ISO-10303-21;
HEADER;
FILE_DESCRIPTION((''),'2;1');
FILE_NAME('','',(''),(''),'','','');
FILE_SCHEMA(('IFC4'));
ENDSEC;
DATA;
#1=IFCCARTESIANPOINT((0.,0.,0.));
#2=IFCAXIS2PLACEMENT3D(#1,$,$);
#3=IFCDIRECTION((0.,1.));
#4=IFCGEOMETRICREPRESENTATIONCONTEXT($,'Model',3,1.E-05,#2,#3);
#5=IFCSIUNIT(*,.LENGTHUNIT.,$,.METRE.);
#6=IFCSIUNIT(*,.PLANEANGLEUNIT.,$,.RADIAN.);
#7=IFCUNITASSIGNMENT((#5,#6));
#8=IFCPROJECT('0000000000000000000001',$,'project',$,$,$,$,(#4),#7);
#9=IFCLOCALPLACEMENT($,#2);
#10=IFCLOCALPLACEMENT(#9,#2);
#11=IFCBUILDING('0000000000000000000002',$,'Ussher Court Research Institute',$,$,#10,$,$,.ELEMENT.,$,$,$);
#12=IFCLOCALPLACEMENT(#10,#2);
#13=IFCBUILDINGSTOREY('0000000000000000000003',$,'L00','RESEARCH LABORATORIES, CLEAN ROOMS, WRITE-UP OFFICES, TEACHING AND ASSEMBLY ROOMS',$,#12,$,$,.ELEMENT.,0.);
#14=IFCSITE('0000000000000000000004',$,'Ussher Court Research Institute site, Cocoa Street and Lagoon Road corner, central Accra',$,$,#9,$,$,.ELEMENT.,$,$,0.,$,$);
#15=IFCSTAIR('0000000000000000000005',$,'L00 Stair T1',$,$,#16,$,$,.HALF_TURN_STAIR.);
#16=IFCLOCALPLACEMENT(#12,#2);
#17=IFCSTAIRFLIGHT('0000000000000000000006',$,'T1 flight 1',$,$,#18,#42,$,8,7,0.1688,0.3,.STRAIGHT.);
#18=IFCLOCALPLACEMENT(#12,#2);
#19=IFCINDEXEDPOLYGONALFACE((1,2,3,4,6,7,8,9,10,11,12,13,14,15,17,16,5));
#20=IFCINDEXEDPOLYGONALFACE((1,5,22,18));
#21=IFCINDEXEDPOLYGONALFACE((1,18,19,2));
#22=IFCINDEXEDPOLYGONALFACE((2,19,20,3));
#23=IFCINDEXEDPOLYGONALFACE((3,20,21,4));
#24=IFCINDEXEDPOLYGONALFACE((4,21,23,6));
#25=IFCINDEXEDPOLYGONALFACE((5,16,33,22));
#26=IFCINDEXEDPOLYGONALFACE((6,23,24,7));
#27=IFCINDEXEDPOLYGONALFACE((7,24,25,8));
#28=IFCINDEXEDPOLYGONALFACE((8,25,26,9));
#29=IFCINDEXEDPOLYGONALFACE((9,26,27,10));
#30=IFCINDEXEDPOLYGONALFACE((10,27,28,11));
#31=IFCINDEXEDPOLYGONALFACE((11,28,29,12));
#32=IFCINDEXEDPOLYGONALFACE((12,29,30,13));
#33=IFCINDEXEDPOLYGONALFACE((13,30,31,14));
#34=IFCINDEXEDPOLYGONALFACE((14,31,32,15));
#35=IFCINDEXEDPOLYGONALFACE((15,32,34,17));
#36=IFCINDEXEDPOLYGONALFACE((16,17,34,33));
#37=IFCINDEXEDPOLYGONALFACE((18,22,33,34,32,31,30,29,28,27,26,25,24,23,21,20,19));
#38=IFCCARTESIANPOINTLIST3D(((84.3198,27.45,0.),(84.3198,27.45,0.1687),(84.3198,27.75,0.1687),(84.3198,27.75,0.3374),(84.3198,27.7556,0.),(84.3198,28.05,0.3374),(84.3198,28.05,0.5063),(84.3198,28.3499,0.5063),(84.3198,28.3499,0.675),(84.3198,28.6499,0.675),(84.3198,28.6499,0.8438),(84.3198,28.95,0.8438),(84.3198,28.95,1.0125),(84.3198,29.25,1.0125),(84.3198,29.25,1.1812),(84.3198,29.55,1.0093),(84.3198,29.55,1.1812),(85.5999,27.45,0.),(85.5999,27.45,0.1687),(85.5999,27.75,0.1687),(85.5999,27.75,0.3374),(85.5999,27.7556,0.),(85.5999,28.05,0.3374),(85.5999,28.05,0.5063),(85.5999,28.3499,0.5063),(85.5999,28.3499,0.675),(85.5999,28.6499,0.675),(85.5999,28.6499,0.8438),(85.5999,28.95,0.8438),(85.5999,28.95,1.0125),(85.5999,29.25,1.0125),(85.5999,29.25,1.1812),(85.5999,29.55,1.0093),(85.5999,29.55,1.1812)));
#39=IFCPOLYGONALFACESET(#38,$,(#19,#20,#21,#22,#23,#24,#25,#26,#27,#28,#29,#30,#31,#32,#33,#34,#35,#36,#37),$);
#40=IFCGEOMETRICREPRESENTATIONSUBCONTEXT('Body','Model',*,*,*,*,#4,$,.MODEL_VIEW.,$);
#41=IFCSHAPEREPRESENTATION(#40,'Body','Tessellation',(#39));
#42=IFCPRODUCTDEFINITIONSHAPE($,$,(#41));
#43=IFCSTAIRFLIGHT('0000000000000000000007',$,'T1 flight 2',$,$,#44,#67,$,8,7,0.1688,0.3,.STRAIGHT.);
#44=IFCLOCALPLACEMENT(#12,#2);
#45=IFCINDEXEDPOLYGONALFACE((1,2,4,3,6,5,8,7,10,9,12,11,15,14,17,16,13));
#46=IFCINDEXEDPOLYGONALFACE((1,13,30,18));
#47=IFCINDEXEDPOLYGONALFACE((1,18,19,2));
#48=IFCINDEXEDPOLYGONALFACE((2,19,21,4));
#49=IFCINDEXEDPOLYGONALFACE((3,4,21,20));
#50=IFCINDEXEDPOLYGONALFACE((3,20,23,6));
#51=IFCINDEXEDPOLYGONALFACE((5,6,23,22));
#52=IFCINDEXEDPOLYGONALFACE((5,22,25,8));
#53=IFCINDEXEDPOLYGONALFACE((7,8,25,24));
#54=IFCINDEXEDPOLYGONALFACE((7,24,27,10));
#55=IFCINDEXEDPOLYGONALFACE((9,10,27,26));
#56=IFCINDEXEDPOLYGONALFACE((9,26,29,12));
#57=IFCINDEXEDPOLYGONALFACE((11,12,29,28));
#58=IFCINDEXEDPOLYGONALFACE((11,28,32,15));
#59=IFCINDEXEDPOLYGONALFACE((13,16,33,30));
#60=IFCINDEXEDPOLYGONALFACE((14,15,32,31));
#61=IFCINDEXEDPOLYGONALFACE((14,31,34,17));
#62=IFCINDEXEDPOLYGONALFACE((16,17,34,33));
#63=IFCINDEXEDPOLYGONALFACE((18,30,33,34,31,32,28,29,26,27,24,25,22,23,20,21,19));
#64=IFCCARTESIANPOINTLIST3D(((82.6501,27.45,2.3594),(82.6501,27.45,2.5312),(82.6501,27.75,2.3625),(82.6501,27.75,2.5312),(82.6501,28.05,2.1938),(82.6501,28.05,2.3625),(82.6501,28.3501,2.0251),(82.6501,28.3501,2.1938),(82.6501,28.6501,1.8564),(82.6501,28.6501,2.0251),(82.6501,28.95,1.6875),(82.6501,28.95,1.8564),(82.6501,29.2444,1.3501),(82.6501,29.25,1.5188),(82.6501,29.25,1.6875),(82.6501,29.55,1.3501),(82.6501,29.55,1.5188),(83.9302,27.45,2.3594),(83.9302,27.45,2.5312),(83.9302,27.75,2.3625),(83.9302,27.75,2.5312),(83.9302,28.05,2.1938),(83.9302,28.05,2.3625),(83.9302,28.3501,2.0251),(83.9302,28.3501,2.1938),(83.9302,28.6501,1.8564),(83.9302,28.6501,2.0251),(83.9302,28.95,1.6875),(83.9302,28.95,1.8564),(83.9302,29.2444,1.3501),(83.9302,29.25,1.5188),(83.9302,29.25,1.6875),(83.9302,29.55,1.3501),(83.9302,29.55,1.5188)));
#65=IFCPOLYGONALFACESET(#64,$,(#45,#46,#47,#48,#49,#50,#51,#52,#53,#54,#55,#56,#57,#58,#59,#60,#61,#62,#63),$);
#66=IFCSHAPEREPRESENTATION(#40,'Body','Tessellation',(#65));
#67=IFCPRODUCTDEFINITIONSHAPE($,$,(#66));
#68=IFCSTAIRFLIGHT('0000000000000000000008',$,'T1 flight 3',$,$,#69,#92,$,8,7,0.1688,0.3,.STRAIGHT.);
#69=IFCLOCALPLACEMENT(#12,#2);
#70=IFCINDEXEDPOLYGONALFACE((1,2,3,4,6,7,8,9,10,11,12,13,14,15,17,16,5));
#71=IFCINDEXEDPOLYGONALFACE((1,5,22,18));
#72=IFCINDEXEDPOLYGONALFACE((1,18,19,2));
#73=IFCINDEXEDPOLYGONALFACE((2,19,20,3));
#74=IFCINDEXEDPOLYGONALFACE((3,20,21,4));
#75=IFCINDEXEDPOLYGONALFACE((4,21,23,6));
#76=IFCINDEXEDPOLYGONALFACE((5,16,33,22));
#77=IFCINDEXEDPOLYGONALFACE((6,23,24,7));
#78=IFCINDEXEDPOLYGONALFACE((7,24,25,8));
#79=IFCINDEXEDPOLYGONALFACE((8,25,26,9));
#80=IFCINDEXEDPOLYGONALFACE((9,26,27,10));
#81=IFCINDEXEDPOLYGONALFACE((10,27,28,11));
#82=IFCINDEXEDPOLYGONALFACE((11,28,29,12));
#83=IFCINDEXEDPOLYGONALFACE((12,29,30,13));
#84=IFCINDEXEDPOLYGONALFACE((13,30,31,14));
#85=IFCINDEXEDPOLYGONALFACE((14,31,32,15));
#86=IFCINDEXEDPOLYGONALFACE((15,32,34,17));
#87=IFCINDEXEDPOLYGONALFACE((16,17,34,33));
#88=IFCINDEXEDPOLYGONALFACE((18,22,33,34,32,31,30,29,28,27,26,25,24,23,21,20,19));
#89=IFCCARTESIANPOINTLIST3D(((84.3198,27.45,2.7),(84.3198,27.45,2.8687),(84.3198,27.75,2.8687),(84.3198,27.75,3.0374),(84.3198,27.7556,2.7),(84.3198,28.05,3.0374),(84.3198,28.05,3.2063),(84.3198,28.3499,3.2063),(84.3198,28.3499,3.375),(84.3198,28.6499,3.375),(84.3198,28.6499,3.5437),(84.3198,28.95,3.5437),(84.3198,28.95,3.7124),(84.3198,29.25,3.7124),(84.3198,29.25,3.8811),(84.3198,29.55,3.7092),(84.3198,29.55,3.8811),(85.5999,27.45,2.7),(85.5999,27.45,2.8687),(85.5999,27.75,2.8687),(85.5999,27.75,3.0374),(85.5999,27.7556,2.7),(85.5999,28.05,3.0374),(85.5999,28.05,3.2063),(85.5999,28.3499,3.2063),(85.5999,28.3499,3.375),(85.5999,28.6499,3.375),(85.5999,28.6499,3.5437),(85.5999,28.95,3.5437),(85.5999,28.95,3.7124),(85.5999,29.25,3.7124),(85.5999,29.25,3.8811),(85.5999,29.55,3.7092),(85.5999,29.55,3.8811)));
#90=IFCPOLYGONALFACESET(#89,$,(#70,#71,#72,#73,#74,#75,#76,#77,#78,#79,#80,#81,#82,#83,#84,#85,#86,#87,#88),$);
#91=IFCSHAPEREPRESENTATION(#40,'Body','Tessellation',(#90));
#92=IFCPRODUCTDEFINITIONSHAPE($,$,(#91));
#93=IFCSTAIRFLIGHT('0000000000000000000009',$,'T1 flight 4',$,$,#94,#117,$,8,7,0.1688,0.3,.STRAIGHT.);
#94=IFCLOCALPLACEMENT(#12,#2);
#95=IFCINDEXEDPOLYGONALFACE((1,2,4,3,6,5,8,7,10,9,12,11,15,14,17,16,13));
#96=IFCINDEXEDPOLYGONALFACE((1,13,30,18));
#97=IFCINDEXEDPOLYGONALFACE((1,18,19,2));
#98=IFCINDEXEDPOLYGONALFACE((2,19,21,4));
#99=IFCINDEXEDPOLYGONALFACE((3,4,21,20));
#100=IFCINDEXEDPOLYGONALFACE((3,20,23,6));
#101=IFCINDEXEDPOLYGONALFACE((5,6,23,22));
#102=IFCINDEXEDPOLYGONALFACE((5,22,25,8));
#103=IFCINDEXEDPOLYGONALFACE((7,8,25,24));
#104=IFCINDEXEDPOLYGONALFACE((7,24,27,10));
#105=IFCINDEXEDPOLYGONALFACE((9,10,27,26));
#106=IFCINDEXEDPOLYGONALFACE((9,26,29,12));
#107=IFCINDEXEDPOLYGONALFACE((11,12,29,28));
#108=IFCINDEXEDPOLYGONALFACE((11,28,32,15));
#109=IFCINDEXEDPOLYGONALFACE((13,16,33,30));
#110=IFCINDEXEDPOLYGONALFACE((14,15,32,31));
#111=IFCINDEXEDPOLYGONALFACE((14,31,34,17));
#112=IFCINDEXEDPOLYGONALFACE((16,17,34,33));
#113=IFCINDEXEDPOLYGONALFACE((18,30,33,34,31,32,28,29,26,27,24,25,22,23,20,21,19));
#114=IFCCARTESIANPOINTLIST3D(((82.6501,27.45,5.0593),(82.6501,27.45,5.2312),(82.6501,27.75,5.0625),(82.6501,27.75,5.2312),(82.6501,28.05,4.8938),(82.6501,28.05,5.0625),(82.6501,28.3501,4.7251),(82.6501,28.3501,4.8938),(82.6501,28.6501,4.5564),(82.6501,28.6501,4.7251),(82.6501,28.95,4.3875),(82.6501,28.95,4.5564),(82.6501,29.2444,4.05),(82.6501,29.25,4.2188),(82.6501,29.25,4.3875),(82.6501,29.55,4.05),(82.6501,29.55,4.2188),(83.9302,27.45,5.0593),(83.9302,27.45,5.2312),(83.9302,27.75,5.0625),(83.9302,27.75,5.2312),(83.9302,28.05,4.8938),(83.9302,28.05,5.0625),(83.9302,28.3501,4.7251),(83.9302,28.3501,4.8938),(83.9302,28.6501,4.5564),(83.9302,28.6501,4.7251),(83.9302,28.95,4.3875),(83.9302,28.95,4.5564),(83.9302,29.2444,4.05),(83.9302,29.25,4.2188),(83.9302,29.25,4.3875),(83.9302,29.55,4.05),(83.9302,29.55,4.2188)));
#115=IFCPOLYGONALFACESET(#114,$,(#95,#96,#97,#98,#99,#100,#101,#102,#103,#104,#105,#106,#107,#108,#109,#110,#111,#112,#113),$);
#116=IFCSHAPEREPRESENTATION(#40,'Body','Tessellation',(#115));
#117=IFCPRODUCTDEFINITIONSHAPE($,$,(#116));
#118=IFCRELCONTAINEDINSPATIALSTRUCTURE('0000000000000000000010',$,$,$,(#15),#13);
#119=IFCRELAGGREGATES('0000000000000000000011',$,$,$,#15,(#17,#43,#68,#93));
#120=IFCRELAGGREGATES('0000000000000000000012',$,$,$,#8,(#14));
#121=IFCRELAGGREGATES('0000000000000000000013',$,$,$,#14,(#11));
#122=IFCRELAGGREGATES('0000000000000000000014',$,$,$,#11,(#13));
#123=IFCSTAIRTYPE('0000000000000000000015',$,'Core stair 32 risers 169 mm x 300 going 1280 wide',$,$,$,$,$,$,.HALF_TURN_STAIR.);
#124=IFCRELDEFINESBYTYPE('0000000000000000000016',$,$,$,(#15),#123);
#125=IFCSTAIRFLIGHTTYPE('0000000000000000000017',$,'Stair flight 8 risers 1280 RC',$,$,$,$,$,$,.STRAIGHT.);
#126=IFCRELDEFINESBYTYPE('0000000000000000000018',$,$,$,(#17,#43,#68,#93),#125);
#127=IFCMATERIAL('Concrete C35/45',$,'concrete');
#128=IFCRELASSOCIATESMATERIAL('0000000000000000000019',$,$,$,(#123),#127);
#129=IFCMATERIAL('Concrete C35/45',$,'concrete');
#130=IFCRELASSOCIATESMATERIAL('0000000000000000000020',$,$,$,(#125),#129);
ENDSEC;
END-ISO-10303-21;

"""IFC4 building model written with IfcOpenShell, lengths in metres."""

from ifc_helpers import new_model, si_unit, direction, frame, origin, place, context, subcontext, project, spatial, polyline, outline, extrude, material, type_object, element, aggregate, save


model = new_model("IFC4")

# Units and contexts
model_context = context("Model", 3, precision=1e-05, world=origin(), true_north=direction((0.0, 1.0)))
body_context = subcontext(model_context, "Body", "Model", "MODEL_VIEW")
ifc_project = project(units=[si_unit("LENGTHUNIT", "METRE"), si_unit("PLANEANGLEUNIT", "RADIAN")], contexts=[model_context])

# Site, building, storey
site_placement = place(None, origin())
site = spatial("IfcSite", under=ifc_project, at=site_placement, Name="Ussher Court Research Institute site, Cocoa Street and Lagoon Road corner, central Accra", CompositionType="ELEMENT", RefElevation=0.0)
building_placement = place(site_placement, origin())
building = spatial("IfcBuilding", under=site, at=building_placement, Name="Ussher Court Research Institute", CompositionType="ELEMENT")
storey_placement = place(building_placement, origin())
storey = spatial("IfcBuildingStorey", under=building, at=storey_placement, Name="L00", Description="RESEARCH LABORATORIES, CLEAN ROOMS, WRITE-UP OFFICES, TEACHING AND ASSEMBLY ROOMS", CompositionType="ELEMENT", Elevation=0.0)

# Stair, stair flights
ifc_material_1 = material(Name="Concrete C35/45", Category="concrete")
stair_type = type_object("IfcStairType", Name="Core stair 32 risers 169 mm x 300 going 1280 wide", PredefinedType="HALF_TURN_STAIR", material=ifc_material_1)
stair_placement = place(storey_placement, origin())
stair = element("IfcStair", 1, at=stair_placement, inside=storey, type_object=stair_type, Name="L00 Stair T1", PredefinedType="HALF_TURN_STAIR")
ifc_material_2 = material(Name="Concrete C35/45", Category="concrete")
stair_flight_type = type_object("IfcStairFlightType", Name="Stair flight 8 risers 1280 RC", PredefinedType="STRAIGHT", material=ifc_material_2)
stair_flight_1_placement = place(storey_placement, frame((84.96, 27.45, 0.0), z_axis=(0.0, 0.0, 1.0), x_axis=(0.0, 1.0, 0.0)))
stair_flight_1 = element("IfcStairFlight", 2, at=stair_flight_1_placement, type_object=stair_flight_type, Name="T1 flight 1", NumberOfRisers=8, NumberOfTreads=7, PredefinedType="STRAIGHT", RiserHeight=0.1688, TreadLength=0.3, context=body_context, shape_type="SweptSolid", body=[
    extrude(outline(polyline([(0.0, 0.0), (0.0, 0.1687), (0.3, 0.1687), (0.3, 0.3374), (0.6001, 0.3374), (0.6001, 0.5063), (0.8999, 0.5063), (0.8999, 0.675), (1.2, 0.675), (1.2, 0.8438), (1.5, 0.8438), (1.5, 1.0125), (1.8, 1.0125), (1.8, 1.1812), (2.1001, 1.1812), (2.1001, 1.3501), (2.1001, 1.0093), (0.3057, 0.0), (0.0, 0.0)])), frame((0.0, 0.6401, 0.0), z_axis=(0.0, -1.0, 0.0), x_axis=(1.0, 0.0, 0.0)), (0.0, 0.0, 1.0), 1.28),
])
stair_flight_2_placement = place(storey_placement, frame((83.29, 29.55, 1.3501), z_axis=(0.0, 0.0, 1.0), x_axis=(0.0, -1.0, 0.0)))
stair_flight_2 = element("IfcStairFlight", 3, at=stair_flight_2_placement, type_object=stair_flight_type, Name="T1 flight 2", NumberOfRisers=8, NumberOfTreads=7, PredefinedType="STRAIGHT", RiserHeight=0.1688, TreadLength=0.3, context=body_context, shape_type="SweptSolid", body=[
    extrude(outline(polyline([(0.0, 0.0), (0.0, 0.1687), (0.3, 0.1687), (0.3, 0.3374), (0.6001, 0.3374), (0.6001, 0.5063), (0.8999, 0.5063), (0.8999, 0.675), (1.2, 0.675), (1.2, 0.8438), (1.5, 0.8438), (1.5, 1.0125), (1.8, 1.0125), (1.8, 1.1812), (2.1001, 1.1812), (2.1001, 1.3501), (2.1001, 1.0093), (0.3057, 0.0), (0.0, 0.0)])), frame((0.0, 0.6401, 0.0), z_axis=(0.0, -1.0, 0.0), x_axis=(1.0, 0.0, 0.0)), (0.0, 0.0, 1.0), 1.28),
])
stair_flight_3_placement = place(storey_placement, frame((84.96, 27.45, 2.7), z_axis=(0.0, 0.0, 1.0), x_axis=(0.0, 1.0, 0.0)))
stair_flight_3 = element("IfcStairFlight", 4, at=stair_flight_3_placement, type_object=stair_flight_type, Name="T1 flight 3", NumberOfRisers=8, NumberOfTreads=7, PredefinedType="STRAIGHT", RiserHeight=0.1688, TreadLength=0.3, context=body_context, shape_type="SweptSolid", body=[
    extrude(outline(polyline([(0.0, 0.0), (0.0, 0.1687), (0.3, 0.1687), (0.3, 0.3374), (0.6001, 0.3374), (0.6001, 0.5063), (0.8999, 0.5063), (0.8999, 0.675), (1.2, 0.675), (1.2, 0.8438), (1.5, 0.8438), (1.5, 1.0125), (1.8, 1.0125), (1.8, 1.1812), (2.1001, 1.1812), (2.1001, 1.3501), (2.1001, 1.0093), (0.3057, 0.0), (0.0, 0.0)])), frame((0.0, 0.6401, 0.0), z_axis=(0.0, -1.0, 0.0), x_axis=(1.0, 0.0, 0.0)), (0.0, 0.0, 1.0), 1.28),
])
stair_flight_4_placement = place(storey_placement, frame((83.29, 29.55, 4.05), z_axis=(0.0, 0.0, 1.0), x_axis=(0.0, -1.0, 0.0)))
stair_flight_4 = element("IfcStairFlight", 5, at=stair_flight_4_placement, type_object=stair_flight_type, Name="T1 flight 4", NumberOfRisers=8, NumberOfTreads=7, PredefinedType="STRAIGHT", RiserHeight=0.1688, TreadLength=0.3, context=body_context, shape_type="SweptSolid", body=[
    extrude(outline(polyline([(0.0, 0.0), (0.0, 0.1687), (0.3, 0.1687), (0.3, 0.3374), (0.6001, 0.3374), (0.6001, 0.5063), (0.8999, 0.5063), (0.8999, 0.675), (1.2, 0.675), (1.2, 0.8438), (1.5, 0.8438), (1.5, 1.0125), (1.8, 1.0125), (1.8, 1.1812), (2.1001, 1.1812), (2.1001, 1.3501), (2.1001, 1.0093), (0.3057, 0.0), (0.0, 0.0)])), frame((0.0, 0.6401, 0.0), z_axis=(0.0, -1.0, 0.0), x_axis=(1.0, 0.0, 0.0)), (0.0, 0.0, 1.0), 1.28),
])
aggregate(stair, [stair_flight_1, stair_flight_2, stair_flight_3, stair_flight_4])

save(model, "model.ifc")
